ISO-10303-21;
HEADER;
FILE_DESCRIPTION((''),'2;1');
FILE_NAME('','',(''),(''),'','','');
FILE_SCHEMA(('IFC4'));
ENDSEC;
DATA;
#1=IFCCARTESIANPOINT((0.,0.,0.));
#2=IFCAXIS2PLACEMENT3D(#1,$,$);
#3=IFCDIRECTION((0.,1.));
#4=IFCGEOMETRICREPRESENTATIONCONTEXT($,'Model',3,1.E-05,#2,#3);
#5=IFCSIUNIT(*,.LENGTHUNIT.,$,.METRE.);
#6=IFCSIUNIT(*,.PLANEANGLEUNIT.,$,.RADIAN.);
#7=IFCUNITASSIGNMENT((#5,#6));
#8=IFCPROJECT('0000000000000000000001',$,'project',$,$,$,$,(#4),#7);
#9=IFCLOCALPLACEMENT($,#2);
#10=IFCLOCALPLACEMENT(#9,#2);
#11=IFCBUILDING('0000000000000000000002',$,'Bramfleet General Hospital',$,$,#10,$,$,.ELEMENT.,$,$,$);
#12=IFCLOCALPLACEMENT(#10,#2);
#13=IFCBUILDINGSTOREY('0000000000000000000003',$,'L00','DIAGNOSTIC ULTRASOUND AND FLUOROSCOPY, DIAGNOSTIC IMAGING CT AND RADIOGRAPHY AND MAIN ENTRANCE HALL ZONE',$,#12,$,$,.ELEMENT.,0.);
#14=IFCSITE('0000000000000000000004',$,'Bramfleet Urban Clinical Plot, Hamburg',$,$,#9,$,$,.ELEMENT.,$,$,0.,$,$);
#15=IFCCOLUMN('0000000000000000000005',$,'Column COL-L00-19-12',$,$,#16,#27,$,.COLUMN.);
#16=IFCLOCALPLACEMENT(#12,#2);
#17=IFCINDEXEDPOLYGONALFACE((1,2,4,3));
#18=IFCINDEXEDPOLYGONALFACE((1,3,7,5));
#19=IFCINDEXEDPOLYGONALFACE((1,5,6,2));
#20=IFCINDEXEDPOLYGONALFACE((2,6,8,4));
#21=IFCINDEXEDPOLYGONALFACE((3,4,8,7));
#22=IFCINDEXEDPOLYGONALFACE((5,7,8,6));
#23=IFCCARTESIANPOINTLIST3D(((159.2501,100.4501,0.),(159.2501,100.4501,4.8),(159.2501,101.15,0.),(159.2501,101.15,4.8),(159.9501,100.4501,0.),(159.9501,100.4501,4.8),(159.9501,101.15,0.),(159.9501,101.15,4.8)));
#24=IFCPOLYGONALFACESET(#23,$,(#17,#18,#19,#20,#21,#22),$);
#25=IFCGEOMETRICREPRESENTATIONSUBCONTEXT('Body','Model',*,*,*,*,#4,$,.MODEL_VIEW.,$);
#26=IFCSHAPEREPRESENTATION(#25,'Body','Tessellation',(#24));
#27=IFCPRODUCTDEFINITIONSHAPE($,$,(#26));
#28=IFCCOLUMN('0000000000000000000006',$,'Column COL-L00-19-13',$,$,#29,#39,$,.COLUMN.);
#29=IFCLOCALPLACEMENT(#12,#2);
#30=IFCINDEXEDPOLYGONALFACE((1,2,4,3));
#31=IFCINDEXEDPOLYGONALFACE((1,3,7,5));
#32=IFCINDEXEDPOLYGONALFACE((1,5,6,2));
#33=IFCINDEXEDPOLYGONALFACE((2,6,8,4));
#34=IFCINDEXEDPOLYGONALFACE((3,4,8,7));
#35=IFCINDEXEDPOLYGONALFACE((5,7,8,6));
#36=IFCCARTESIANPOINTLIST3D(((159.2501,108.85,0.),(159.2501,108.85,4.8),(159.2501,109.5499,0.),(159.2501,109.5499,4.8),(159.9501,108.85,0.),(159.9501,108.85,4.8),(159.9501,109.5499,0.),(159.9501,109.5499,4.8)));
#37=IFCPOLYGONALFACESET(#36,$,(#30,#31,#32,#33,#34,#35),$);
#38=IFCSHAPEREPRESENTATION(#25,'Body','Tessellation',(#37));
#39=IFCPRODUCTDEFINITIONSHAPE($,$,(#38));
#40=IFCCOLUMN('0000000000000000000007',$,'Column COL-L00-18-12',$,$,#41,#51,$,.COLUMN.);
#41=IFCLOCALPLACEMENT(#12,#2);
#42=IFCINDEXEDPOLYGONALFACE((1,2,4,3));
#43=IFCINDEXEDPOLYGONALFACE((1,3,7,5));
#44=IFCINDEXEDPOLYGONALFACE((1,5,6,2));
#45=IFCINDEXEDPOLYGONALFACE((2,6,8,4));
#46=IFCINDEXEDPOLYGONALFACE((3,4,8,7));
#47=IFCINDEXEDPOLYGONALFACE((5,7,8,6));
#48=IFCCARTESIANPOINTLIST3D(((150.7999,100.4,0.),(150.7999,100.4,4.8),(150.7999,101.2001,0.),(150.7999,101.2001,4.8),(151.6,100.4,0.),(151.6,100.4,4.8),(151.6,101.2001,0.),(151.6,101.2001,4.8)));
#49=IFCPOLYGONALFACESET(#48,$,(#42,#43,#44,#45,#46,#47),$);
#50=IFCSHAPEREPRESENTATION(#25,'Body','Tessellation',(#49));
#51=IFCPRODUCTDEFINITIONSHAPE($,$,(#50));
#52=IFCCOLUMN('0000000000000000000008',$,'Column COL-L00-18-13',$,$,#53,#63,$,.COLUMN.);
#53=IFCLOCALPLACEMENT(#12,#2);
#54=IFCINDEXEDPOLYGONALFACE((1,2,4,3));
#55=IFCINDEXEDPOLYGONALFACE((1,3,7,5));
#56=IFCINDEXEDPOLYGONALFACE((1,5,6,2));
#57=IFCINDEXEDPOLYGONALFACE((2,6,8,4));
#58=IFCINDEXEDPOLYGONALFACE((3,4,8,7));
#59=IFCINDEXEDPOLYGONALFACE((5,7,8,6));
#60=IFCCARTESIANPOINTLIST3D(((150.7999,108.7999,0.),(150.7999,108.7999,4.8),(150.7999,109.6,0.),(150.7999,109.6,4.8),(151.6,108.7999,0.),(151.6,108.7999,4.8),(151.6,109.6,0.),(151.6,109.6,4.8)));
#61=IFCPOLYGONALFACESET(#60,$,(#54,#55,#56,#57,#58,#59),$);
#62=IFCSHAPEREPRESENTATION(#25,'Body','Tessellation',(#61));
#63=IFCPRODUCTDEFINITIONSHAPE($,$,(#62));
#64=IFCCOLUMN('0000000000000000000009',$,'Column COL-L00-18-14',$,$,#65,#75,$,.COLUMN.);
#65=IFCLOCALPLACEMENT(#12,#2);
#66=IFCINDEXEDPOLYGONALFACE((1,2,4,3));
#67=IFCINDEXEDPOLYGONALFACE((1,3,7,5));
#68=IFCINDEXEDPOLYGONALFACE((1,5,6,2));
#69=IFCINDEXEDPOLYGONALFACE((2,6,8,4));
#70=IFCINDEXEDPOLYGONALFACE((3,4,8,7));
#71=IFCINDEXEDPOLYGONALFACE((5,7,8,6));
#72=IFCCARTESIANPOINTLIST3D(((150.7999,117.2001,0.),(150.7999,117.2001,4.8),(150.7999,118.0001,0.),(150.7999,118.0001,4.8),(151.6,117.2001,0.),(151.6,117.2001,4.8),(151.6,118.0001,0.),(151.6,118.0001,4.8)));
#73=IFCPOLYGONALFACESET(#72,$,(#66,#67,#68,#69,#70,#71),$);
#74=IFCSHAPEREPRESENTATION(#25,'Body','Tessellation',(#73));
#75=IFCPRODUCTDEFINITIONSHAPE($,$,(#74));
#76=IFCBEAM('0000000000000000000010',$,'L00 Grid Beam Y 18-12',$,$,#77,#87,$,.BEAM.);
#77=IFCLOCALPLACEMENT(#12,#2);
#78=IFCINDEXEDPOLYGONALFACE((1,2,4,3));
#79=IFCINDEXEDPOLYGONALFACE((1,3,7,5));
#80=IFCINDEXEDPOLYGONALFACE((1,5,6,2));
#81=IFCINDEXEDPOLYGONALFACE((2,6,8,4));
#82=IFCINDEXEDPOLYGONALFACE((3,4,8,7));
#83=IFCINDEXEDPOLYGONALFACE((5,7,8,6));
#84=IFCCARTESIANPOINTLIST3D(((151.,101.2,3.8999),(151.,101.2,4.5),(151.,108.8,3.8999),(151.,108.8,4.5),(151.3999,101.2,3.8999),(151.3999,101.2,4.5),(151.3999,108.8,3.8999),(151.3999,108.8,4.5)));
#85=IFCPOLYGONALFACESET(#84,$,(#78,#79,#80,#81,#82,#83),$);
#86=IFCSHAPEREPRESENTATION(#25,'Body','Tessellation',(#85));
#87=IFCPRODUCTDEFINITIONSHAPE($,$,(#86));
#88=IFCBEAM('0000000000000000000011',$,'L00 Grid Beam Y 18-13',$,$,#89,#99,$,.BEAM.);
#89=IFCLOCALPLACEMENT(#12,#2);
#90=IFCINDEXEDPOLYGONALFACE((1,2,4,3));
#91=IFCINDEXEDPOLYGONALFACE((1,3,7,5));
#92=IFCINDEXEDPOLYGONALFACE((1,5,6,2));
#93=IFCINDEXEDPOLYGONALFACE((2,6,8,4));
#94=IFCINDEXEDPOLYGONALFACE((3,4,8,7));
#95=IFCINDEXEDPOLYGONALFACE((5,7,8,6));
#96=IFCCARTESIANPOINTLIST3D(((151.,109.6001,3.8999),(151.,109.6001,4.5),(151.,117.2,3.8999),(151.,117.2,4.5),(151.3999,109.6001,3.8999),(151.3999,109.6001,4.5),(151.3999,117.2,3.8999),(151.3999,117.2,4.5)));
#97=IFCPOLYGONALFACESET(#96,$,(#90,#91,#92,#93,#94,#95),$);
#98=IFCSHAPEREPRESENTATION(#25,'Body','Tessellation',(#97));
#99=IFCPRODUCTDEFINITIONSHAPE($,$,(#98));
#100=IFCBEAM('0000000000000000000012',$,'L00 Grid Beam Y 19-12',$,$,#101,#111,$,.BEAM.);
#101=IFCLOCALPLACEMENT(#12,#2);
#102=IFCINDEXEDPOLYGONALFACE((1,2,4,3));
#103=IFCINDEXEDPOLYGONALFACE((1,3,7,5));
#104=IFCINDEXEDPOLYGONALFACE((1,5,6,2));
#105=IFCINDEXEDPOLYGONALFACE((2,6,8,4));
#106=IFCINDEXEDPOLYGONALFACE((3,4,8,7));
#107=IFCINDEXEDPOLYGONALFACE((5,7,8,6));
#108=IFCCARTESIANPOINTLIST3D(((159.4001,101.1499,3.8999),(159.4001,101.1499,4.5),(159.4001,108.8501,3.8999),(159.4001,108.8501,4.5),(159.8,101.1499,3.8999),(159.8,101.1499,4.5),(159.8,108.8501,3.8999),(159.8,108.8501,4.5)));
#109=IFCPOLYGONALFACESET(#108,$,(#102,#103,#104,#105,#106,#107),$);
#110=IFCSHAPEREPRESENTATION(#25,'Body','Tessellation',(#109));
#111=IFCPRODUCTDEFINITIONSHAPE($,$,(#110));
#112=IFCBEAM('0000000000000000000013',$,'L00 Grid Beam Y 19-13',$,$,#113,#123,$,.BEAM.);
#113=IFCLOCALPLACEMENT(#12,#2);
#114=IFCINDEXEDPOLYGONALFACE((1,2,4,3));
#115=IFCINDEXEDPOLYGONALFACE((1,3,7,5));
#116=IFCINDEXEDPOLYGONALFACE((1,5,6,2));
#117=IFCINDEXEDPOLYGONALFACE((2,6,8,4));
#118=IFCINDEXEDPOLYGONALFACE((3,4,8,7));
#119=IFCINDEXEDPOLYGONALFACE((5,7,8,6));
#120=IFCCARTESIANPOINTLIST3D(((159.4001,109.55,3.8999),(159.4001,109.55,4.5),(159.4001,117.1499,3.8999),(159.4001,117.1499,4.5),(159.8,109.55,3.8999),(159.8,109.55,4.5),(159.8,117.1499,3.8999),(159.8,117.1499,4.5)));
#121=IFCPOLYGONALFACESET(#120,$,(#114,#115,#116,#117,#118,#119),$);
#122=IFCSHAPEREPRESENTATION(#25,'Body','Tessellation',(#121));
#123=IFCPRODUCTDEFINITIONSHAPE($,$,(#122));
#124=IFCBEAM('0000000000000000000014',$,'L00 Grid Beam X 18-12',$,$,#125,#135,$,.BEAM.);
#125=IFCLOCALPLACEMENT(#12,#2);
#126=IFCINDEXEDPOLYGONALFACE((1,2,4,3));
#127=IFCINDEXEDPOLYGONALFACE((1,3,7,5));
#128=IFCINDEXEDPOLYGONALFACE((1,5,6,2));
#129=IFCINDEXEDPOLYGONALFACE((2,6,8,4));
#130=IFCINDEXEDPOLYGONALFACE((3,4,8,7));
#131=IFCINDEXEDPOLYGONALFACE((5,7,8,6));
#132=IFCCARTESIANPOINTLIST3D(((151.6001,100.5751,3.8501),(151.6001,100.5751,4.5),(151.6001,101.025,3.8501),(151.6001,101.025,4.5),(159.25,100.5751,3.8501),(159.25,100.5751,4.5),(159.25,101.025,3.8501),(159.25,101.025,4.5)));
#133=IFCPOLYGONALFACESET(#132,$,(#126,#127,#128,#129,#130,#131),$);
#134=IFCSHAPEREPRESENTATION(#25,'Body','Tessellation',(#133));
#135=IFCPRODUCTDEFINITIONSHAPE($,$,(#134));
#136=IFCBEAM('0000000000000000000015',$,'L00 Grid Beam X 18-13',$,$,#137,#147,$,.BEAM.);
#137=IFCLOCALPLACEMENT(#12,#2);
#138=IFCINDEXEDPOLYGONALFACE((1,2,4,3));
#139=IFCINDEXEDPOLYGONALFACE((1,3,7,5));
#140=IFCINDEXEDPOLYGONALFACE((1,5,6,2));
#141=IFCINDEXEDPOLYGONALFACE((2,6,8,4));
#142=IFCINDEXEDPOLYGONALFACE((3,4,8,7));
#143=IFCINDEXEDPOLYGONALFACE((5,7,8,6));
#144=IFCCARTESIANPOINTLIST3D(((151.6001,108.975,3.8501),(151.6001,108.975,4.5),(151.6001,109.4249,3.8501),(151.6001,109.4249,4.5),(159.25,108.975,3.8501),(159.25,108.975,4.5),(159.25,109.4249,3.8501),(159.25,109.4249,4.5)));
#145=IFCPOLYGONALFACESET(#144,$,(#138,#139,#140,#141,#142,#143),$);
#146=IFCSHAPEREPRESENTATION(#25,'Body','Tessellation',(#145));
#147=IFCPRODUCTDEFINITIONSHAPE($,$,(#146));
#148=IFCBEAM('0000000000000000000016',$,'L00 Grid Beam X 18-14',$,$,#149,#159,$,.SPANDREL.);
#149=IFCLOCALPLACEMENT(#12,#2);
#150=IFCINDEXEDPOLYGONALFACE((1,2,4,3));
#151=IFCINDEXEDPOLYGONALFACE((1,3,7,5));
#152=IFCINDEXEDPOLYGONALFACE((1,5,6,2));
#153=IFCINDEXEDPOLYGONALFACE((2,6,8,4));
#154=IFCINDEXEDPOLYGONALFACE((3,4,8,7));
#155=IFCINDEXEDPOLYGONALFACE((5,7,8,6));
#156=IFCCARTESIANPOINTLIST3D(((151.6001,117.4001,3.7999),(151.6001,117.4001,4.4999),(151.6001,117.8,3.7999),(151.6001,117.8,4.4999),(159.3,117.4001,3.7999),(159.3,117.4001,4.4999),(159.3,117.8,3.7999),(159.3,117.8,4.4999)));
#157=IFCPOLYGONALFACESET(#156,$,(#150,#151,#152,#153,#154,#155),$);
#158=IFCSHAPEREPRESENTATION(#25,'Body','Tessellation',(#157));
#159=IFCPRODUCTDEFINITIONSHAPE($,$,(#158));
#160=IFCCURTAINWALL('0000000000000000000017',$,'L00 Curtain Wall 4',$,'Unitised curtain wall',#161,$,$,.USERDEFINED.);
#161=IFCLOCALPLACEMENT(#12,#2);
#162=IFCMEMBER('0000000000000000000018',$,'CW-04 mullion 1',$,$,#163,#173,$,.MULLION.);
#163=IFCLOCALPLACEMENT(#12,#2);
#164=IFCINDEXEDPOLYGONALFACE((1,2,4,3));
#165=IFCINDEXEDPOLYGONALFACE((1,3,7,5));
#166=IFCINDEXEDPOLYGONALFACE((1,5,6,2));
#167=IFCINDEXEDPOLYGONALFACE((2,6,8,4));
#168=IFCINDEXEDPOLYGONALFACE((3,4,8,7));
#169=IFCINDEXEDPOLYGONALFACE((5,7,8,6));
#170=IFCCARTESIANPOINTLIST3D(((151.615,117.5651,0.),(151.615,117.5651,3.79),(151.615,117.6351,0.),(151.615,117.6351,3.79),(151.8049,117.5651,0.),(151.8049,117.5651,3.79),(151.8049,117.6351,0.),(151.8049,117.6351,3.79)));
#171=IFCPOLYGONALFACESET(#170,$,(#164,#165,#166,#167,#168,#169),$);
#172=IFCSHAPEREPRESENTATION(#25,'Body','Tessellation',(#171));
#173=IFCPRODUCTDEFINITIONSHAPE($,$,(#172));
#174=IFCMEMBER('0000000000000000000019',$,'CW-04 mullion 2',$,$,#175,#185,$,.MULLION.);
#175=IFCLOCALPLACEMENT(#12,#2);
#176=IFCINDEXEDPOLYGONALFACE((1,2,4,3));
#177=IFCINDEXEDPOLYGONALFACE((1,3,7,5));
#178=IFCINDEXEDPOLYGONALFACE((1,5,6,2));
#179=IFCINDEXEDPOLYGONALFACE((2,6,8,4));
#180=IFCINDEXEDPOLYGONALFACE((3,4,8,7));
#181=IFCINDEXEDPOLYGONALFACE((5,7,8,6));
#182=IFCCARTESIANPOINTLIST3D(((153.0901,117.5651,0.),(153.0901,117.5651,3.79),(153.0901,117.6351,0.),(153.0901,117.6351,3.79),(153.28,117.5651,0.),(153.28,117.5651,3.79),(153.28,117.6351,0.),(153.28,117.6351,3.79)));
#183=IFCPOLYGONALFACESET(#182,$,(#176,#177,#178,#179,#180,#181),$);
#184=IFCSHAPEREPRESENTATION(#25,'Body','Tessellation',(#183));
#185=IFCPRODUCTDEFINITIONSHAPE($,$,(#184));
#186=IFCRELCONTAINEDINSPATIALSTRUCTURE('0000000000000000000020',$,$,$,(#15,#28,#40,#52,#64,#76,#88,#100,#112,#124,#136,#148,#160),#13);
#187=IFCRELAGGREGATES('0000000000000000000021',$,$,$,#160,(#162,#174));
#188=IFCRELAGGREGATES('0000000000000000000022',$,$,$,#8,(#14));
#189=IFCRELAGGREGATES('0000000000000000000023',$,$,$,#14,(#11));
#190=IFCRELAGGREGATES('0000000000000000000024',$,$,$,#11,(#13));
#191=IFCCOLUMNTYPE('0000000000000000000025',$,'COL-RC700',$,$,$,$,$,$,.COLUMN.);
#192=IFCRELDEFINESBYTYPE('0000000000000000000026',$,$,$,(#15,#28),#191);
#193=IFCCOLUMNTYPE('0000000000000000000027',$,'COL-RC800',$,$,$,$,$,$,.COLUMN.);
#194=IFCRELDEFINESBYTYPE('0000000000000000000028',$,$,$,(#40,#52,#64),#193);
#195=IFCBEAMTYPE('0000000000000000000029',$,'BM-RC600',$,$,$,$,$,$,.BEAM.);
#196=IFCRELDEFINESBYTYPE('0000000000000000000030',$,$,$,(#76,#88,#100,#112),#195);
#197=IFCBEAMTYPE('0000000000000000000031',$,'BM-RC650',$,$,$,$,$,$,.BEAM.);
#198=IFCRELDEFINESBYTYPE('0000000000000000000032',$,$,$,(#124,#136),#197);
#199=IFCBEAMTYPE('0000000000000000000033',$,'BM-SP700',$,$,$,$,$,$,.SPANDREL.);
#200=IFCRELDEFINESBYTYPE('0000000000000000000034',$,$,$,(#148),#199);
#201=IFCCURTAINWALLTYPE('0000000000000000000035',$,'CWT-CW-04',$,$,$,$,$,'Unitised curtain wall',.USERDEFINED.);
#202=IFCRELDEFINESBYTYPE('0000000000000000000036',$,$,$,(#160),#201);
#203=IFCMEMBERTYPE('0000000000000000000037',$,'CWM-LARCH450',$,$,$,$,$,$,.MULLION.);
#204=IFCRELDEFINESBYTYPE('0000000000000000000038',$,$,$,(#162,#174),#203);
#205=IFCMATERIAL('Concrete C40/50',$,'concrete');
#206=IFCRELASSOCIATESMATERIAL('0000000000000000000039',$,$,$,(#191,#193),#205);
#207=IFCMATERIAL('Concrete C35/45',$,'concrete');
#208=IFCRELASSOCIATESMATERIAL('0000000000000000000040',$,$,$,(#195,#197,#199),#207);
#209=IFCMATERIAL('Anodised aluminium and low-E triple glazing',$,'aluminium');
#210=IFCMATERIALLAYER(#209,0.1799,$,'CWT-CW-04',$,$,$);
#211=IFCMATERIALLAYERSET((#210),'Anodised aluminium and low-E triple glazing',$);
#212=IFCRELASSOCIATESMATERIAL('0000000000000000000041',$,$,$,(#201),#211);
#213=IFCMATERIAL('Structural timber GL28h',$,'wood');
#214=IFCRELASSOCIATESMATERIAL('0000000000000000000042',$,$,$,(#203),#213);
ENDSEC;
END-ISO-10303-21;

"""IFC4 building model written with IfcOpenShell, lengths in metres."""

from ifc_helpers import new_model, si_unit, direction, frame, origin, origin_2d, place, context, subcontext, project, spatial, rectangle, extrude, material, layer, layer_set, material_profile, profile_set, type_object, element, aggregate, save


model = new_model("IFC4")

# Units and contexts
model_context = context("Model", 3, precision=1e-05, world=origin(), true_north=direction((0.0, 1.0)))
body_context = subcontext(model_context, "Body", "Model", "MODEL_VIEW")
ifc_project = project(units=[si_unit("LENGTHUNIT", "METRE"), si_unit("PLANEANGLEUNIT", "RADIAN")], contexts=[model_context])

# Site, building, storey
site_placement = place(None, origin())
site = spatial("IfcSite", under=ifc_project, at=site_placement, Name="Bramfleet Urban Clinical Plot, Hamburg", CompositionType="ELEMENT", RefElevation=0.0)
building_placement = place(site_placement, origin())
building = spatial("IfcBuilding", under=site, at=building_placement, Name="Bramfleet General Hospital", CompositionType="ELEMENT")
storey_placement = place(building_placement, origin())
storey = spatial("IfcBuildingStorey", under=building, at=storey_placement, Name="L00", Description="DIAGNOSTIC ULTRASOUND AND FLUOROSCOPY, DIAGNOSTIC IMAGING CT AND RADIOGRAPHY AND MAIN ENTRANCE HALL ZONE", CompositionType="ELEMENT", Elevation=0.0)

# Columns
ifc_material_1 = material(Name="Concrete C40/50", Category="concrete")
ifc_material_profile_1 = material_profile(ifc_material_1, rectangle(XDim=0.7, YDim=0.7, at=origin_2d()), Name="RC COL 700x700")
ifc_profile_set_1 = profile_set([ifc_material_profile_1], Name="Concrete C40/50")
column_type_1 = type_object("IfcColumnType", Name="COL-RC700", PredefinedType="COLUMN", material=ifc_profile_set_1)
for number, where, z_axis, x_axis, name in (
    (1, (159.6001, 100.8, 0.0), (0.0, 0.0, 1.0), (1.0, 0.0, 0.0), "Column COL-L00-19-12"),
    (2, (159.6001, 109.2, 0.0), (0.0, 0.0, 1.0), (1.0, 0.0, 0.0), "Column COL-L00-19-13"),
):
    element("IfcColumn", number, at=place(storey_placement, frame(where, z_axis=z_axis, x_axis=x_axis)), inside=storey, type_object=column_type_1, Name=name, PredefinedType="COLUMN", context=body_context, shape_type="SweptSolid", body=[
        extrude(rectangle(XDim=0.7, YDim=0.7, at=origin_2d()), origin(), (0.0, 0.0, 1.0), 4.8),
    ])
ifc_material_profile_2 = material_profile(ifc_material_1, rectangle(XDim=0.8, YDim=0.8, at=origin_2d()), Name="RC COL 800x800")
ifc_profile_set_2 = profile_set([ifc_material_profile_2], Name="Concrete C40/50")
column_type_2 = type_object("IfcColumnType", Name="COL-RC800", PredefinedType="COLUMN", material=ifc_profile_set_2)
for number, where, z_axis, x_axis, name in (
    (3, (151.2, 100.8, 0.0), (0.0, 0.0, 1.0), (1.0, 0.0, 0.0), "Column COL-L00-18-12"),
    (4, (151.2, 109.2, 0.0), (0.0, 0.0, 1.0), (1.0, 0.0, 0.0), "Column COL-L00-18-13"),
    (5, (151.2, 117.6001, 0.0), (0.0, 0.0, 1.0), (1.0, 0.0, 0.0), "Column COL-L00-18-14"),
):
    element("IfcColumn", number, at=place(storey_placement, frame(where, z_axis=z_axis, x_axis=x_axis)), inside=storey, type_object=column_type_2, Name=name, PredefinedType="COLUMN", context=body_context, shape_type="SweptSolid", body=[
        extrude(rectangle(XDim=0.8, YDim=0.8, at=origin_2d()), origin(), (0.0, 0.0, 1.0), 4.8),
    ])

# Beams
ifc_material_2 = material(Name="Concrete C35/45", Category="concrete")
ifc_material_profile_3 = material_profile(ifc_material_2, rectangle(XDim=0.3999, YDim=0.6001, at=origin_2d()), Name="RC BM 600x400")
ifc_profile_set_3 = profile_set([ifc_material_profile_3], Name="Concrete C35/45")
beam_type_1 = type_object("IfcBeamType", Name="BM-RC600", PredefinedType="BEAM", material=ifc_profile_set_3)
beam_1_placement = place(storey_placement, frame((151.2, 101.2, 4.2), z_axis=(0.0, 1.0, 0.0), x_axis=(-1.0, 0.0, 0.0)))
element("IfcBeam", 6, at=beam_1_placement, inside=storey, type_object=beam_type_1, Name="L00 Grid Beam Y 18-12", PredefinedType="BEAM", context=body_context, shape_type="SweptSolid", body=[
    extrude(rectangle(XDim=0.3999, YDim=0.6001, at=origin_2d()), origin(), (0.0, 0.0, 1.0), 7.6001),
])
beam_2_placement = place(storey_placement, frame((151.2, 109.6001, 4.2), z_axis=(0.0, 1.0, 0.0), x_axis=(-1.0, 0.0, 0.0)))
element("IfcBeam", 7, at=beam_2_placement, inside=storey, type_object=beam_type_1, Name="L00 Grid Beam Y 18-13", PredefinedType="BEAM", context=body_context, shape_type="SweptSolid", body=[
    extrude(rectangle(XDim=0.3999, YDim=0.6001, at=origin_2d()), origin(), (0.0, 0.0, 1.0), 7.5999),
])
beam_3_placement = place(storey_placement, frame((159.6001, 101.1499, 4.2), z_axis=(0.0, 1.0, 0.0), x_axis=(-1.0, 0.0, 0.0)))
element("IfcBeam", 8, at=beam_3_placement, inside=storey, type_object=beam_type_1, Name="L00 Grid Beam Y 19-12", PredefinedType="BEAM", context=body_context, shape_type="SweptSolid", body=[
    extrude(rectangle(XDim=0.3999, YDim=0.6001, at=origin_2d()), origin(), (0.0, 0.0, 1.0), 7.7002),
])
beam_4_placement = place(storey_placement, frame((159.6001, 109.55, 4.2), z_axis=(0.0, 1.0, 0.0), x_axis=(-1.0, 0.0, 0.0)))
element("IfcBeam", 9, at=beam_4_placement, inside=storey, type_object=beam_type_1, Name="L00 Grid Beam Y 19-13", PredefinedType="BEAM", context=body_context, shape_type="SweptSolid", body=[
    extrude(rectangle(XDim=0.3999, YDim=0.6001, at=origin_2d()), origin(), (0.0, 0.0, 1.0), 7.5999),
])
ifc_material_profile_4 = material_profile(ifc_material_2, rectangle(XDim=0.45, YDim=0.6499, at=origin_2d()), Name="RC BM 650x450")
ifc_profile_set_4 = profile_set([ifc_material_profile_4], Name="Concrete C35/45")
beam_type_2 = type_object("IfcBeamType", Name="BM-RC650", PredefinedType="BEAM", material=ifc_profile_set_4)
for number, where, z_axis, x_axis, name in (
    (10, (151.6001, 100.8, 4.175), (1.0, 0.0, 0.0), (0.0, 1.0, 0.0), "L00 Grid Beam X 18-12"),
    (11, (151.6001, 109.2, 4.175), (1.0, 0.0, 0.0), (0.0, 1.0, 0.0), "L00 Grid Beam X 18-13"),
):
    element("IfcBeam", number, at=place(storey_placement, frame(where, z_axis=z_axis, x_axis=x_axis)), inside=storey, type_object=beam_type_2, Name=name, PredefinedType="BEAM", context=body_context, shape_type="SweptSolid", body=[
        extrude(rectangle(XDim=0.45, YDim=0.6499, at=origin_2d()), origin(), (0.0, 0.0, 1.0), 7.6499),
    ])
ifc_material_profile_5 = material_profile(ifc_material_2, rectangle(XDim=0.3999, YDim=0.7, at=origin_2d()), Name="RC SP 700x400")
ifc_profile_set_5 = profile_set([ifc_material_profile_5], Name="Concrete C35/45")
beam_type_3 = type_object("IfcBeamType", Name="BM-SP700", PredefinedType="SPANDREL", material=ifc_profile_set_5)
beam_5_placement = place(storey_placement, frame((151.6001, 117.6001, 4.1499), z_axis=(1.0, 0.0, 0.0), x_axis=(0.0, 1.0, 0.0)))
element("IfcBeam", 12, at=beam_5_placement, inside=storey, type_object=beam_type_3, Name="L00 Grid Beam X 18-14", PredefinedType="SPANDREL", context=body_context, shape_type="SweptSolid", body=[
    extrude(rectangle(XDim=0.3999, YDim=0.7, at=origin_2d()), origin(), (0.0, 0.0, 1.0), 7.7),
])

# Curtain wall, members
ifc_material_3 = material(Name="Anodised aluminium and low-E triple glazing", Category="aluminium")
ifc_layer_1 = layer(ifc_material_3, 0.1799, Name="CWT-CW-04")
ifc_layer_set_1 = layer_set([ifc_layer_1], Name="Anodised aluminium and low-E triple glazing")
curtain_wall_type = type_object("IfcCurtainWallType", Name="CWT-CW-04", ElementType="Unitised curtain wall", PredefinedType="USERDEFINED", material=ifc_layer_set_1)
curtain_wall_placement = place(storey_placement, origin())
curtain_wall = element("IfcCurtainWall", 13, at=curtain_wall_placement, inside=storey, type_object=curtain_wall_type, Name="L00 Curtain Wall 4", ObjectType="Unitised curtain wall", PredefinedType="USERDEFINED")
ifc_material_4 = material(Name="Structural timber GL28h", Category="wood")
ifc_material_profile_6 = material_profile(ifc_material_4, rectangle(XDim=0.0701, YDim=0.1899, at=origin_2d()), Name="LARCH 190x70")
ifc_profile_set_6 = profile_set([ifc_material_profile_6], Name="Structural timber GL28h")
member_type_1 = type_object("IfcMemberType", Name="CWM-LARCH450", PredefinedType="MULLION", material=ifc_profile_set_6)
member_1_placement = place(storey_placement, frame((151.71, 117.6001, 0.0), z_axis=(0.0, 0.0, 1.0), x_axis=(0.0, 1.0, 0.0)))
member_1 = element("IfcMember", 14, at=member_1_placement, type_object=member_type_1, Name="CW-04 mullion 1", PredefinedType="MULLION", context=body_context, shape_type="SweptSolid", body=[
    extrude(rectangle(XDim=0.0701, YDim=0.1899, at=origin_2d()), origin(), (0.0, 0.0, 1.0), 3.79),
])
member_2_placement = place(storey_placement, frame((153.1851, 117.6001, 0.0), z_axis=(0.0, 0.0, 1.0), x_axis=(0.0, 1.0, 0.0)))
member_2 = element("IfcMember", 15, at=member_2_placement, type_object=member_type_1, Name="CW-04 mullion 2", PredefinedType="MULLION", context=body_context, shape_type="SweptSolid", body=[
    extrude(rectangle(XDim=0.0701, YDim=0.1899, at=origin_2d()), origin(), (0.0, 0.0, 1.0), 3.79),
])
aggregate(curtain_wall, [member_1, member_2])

save(model, "model.ifc")
